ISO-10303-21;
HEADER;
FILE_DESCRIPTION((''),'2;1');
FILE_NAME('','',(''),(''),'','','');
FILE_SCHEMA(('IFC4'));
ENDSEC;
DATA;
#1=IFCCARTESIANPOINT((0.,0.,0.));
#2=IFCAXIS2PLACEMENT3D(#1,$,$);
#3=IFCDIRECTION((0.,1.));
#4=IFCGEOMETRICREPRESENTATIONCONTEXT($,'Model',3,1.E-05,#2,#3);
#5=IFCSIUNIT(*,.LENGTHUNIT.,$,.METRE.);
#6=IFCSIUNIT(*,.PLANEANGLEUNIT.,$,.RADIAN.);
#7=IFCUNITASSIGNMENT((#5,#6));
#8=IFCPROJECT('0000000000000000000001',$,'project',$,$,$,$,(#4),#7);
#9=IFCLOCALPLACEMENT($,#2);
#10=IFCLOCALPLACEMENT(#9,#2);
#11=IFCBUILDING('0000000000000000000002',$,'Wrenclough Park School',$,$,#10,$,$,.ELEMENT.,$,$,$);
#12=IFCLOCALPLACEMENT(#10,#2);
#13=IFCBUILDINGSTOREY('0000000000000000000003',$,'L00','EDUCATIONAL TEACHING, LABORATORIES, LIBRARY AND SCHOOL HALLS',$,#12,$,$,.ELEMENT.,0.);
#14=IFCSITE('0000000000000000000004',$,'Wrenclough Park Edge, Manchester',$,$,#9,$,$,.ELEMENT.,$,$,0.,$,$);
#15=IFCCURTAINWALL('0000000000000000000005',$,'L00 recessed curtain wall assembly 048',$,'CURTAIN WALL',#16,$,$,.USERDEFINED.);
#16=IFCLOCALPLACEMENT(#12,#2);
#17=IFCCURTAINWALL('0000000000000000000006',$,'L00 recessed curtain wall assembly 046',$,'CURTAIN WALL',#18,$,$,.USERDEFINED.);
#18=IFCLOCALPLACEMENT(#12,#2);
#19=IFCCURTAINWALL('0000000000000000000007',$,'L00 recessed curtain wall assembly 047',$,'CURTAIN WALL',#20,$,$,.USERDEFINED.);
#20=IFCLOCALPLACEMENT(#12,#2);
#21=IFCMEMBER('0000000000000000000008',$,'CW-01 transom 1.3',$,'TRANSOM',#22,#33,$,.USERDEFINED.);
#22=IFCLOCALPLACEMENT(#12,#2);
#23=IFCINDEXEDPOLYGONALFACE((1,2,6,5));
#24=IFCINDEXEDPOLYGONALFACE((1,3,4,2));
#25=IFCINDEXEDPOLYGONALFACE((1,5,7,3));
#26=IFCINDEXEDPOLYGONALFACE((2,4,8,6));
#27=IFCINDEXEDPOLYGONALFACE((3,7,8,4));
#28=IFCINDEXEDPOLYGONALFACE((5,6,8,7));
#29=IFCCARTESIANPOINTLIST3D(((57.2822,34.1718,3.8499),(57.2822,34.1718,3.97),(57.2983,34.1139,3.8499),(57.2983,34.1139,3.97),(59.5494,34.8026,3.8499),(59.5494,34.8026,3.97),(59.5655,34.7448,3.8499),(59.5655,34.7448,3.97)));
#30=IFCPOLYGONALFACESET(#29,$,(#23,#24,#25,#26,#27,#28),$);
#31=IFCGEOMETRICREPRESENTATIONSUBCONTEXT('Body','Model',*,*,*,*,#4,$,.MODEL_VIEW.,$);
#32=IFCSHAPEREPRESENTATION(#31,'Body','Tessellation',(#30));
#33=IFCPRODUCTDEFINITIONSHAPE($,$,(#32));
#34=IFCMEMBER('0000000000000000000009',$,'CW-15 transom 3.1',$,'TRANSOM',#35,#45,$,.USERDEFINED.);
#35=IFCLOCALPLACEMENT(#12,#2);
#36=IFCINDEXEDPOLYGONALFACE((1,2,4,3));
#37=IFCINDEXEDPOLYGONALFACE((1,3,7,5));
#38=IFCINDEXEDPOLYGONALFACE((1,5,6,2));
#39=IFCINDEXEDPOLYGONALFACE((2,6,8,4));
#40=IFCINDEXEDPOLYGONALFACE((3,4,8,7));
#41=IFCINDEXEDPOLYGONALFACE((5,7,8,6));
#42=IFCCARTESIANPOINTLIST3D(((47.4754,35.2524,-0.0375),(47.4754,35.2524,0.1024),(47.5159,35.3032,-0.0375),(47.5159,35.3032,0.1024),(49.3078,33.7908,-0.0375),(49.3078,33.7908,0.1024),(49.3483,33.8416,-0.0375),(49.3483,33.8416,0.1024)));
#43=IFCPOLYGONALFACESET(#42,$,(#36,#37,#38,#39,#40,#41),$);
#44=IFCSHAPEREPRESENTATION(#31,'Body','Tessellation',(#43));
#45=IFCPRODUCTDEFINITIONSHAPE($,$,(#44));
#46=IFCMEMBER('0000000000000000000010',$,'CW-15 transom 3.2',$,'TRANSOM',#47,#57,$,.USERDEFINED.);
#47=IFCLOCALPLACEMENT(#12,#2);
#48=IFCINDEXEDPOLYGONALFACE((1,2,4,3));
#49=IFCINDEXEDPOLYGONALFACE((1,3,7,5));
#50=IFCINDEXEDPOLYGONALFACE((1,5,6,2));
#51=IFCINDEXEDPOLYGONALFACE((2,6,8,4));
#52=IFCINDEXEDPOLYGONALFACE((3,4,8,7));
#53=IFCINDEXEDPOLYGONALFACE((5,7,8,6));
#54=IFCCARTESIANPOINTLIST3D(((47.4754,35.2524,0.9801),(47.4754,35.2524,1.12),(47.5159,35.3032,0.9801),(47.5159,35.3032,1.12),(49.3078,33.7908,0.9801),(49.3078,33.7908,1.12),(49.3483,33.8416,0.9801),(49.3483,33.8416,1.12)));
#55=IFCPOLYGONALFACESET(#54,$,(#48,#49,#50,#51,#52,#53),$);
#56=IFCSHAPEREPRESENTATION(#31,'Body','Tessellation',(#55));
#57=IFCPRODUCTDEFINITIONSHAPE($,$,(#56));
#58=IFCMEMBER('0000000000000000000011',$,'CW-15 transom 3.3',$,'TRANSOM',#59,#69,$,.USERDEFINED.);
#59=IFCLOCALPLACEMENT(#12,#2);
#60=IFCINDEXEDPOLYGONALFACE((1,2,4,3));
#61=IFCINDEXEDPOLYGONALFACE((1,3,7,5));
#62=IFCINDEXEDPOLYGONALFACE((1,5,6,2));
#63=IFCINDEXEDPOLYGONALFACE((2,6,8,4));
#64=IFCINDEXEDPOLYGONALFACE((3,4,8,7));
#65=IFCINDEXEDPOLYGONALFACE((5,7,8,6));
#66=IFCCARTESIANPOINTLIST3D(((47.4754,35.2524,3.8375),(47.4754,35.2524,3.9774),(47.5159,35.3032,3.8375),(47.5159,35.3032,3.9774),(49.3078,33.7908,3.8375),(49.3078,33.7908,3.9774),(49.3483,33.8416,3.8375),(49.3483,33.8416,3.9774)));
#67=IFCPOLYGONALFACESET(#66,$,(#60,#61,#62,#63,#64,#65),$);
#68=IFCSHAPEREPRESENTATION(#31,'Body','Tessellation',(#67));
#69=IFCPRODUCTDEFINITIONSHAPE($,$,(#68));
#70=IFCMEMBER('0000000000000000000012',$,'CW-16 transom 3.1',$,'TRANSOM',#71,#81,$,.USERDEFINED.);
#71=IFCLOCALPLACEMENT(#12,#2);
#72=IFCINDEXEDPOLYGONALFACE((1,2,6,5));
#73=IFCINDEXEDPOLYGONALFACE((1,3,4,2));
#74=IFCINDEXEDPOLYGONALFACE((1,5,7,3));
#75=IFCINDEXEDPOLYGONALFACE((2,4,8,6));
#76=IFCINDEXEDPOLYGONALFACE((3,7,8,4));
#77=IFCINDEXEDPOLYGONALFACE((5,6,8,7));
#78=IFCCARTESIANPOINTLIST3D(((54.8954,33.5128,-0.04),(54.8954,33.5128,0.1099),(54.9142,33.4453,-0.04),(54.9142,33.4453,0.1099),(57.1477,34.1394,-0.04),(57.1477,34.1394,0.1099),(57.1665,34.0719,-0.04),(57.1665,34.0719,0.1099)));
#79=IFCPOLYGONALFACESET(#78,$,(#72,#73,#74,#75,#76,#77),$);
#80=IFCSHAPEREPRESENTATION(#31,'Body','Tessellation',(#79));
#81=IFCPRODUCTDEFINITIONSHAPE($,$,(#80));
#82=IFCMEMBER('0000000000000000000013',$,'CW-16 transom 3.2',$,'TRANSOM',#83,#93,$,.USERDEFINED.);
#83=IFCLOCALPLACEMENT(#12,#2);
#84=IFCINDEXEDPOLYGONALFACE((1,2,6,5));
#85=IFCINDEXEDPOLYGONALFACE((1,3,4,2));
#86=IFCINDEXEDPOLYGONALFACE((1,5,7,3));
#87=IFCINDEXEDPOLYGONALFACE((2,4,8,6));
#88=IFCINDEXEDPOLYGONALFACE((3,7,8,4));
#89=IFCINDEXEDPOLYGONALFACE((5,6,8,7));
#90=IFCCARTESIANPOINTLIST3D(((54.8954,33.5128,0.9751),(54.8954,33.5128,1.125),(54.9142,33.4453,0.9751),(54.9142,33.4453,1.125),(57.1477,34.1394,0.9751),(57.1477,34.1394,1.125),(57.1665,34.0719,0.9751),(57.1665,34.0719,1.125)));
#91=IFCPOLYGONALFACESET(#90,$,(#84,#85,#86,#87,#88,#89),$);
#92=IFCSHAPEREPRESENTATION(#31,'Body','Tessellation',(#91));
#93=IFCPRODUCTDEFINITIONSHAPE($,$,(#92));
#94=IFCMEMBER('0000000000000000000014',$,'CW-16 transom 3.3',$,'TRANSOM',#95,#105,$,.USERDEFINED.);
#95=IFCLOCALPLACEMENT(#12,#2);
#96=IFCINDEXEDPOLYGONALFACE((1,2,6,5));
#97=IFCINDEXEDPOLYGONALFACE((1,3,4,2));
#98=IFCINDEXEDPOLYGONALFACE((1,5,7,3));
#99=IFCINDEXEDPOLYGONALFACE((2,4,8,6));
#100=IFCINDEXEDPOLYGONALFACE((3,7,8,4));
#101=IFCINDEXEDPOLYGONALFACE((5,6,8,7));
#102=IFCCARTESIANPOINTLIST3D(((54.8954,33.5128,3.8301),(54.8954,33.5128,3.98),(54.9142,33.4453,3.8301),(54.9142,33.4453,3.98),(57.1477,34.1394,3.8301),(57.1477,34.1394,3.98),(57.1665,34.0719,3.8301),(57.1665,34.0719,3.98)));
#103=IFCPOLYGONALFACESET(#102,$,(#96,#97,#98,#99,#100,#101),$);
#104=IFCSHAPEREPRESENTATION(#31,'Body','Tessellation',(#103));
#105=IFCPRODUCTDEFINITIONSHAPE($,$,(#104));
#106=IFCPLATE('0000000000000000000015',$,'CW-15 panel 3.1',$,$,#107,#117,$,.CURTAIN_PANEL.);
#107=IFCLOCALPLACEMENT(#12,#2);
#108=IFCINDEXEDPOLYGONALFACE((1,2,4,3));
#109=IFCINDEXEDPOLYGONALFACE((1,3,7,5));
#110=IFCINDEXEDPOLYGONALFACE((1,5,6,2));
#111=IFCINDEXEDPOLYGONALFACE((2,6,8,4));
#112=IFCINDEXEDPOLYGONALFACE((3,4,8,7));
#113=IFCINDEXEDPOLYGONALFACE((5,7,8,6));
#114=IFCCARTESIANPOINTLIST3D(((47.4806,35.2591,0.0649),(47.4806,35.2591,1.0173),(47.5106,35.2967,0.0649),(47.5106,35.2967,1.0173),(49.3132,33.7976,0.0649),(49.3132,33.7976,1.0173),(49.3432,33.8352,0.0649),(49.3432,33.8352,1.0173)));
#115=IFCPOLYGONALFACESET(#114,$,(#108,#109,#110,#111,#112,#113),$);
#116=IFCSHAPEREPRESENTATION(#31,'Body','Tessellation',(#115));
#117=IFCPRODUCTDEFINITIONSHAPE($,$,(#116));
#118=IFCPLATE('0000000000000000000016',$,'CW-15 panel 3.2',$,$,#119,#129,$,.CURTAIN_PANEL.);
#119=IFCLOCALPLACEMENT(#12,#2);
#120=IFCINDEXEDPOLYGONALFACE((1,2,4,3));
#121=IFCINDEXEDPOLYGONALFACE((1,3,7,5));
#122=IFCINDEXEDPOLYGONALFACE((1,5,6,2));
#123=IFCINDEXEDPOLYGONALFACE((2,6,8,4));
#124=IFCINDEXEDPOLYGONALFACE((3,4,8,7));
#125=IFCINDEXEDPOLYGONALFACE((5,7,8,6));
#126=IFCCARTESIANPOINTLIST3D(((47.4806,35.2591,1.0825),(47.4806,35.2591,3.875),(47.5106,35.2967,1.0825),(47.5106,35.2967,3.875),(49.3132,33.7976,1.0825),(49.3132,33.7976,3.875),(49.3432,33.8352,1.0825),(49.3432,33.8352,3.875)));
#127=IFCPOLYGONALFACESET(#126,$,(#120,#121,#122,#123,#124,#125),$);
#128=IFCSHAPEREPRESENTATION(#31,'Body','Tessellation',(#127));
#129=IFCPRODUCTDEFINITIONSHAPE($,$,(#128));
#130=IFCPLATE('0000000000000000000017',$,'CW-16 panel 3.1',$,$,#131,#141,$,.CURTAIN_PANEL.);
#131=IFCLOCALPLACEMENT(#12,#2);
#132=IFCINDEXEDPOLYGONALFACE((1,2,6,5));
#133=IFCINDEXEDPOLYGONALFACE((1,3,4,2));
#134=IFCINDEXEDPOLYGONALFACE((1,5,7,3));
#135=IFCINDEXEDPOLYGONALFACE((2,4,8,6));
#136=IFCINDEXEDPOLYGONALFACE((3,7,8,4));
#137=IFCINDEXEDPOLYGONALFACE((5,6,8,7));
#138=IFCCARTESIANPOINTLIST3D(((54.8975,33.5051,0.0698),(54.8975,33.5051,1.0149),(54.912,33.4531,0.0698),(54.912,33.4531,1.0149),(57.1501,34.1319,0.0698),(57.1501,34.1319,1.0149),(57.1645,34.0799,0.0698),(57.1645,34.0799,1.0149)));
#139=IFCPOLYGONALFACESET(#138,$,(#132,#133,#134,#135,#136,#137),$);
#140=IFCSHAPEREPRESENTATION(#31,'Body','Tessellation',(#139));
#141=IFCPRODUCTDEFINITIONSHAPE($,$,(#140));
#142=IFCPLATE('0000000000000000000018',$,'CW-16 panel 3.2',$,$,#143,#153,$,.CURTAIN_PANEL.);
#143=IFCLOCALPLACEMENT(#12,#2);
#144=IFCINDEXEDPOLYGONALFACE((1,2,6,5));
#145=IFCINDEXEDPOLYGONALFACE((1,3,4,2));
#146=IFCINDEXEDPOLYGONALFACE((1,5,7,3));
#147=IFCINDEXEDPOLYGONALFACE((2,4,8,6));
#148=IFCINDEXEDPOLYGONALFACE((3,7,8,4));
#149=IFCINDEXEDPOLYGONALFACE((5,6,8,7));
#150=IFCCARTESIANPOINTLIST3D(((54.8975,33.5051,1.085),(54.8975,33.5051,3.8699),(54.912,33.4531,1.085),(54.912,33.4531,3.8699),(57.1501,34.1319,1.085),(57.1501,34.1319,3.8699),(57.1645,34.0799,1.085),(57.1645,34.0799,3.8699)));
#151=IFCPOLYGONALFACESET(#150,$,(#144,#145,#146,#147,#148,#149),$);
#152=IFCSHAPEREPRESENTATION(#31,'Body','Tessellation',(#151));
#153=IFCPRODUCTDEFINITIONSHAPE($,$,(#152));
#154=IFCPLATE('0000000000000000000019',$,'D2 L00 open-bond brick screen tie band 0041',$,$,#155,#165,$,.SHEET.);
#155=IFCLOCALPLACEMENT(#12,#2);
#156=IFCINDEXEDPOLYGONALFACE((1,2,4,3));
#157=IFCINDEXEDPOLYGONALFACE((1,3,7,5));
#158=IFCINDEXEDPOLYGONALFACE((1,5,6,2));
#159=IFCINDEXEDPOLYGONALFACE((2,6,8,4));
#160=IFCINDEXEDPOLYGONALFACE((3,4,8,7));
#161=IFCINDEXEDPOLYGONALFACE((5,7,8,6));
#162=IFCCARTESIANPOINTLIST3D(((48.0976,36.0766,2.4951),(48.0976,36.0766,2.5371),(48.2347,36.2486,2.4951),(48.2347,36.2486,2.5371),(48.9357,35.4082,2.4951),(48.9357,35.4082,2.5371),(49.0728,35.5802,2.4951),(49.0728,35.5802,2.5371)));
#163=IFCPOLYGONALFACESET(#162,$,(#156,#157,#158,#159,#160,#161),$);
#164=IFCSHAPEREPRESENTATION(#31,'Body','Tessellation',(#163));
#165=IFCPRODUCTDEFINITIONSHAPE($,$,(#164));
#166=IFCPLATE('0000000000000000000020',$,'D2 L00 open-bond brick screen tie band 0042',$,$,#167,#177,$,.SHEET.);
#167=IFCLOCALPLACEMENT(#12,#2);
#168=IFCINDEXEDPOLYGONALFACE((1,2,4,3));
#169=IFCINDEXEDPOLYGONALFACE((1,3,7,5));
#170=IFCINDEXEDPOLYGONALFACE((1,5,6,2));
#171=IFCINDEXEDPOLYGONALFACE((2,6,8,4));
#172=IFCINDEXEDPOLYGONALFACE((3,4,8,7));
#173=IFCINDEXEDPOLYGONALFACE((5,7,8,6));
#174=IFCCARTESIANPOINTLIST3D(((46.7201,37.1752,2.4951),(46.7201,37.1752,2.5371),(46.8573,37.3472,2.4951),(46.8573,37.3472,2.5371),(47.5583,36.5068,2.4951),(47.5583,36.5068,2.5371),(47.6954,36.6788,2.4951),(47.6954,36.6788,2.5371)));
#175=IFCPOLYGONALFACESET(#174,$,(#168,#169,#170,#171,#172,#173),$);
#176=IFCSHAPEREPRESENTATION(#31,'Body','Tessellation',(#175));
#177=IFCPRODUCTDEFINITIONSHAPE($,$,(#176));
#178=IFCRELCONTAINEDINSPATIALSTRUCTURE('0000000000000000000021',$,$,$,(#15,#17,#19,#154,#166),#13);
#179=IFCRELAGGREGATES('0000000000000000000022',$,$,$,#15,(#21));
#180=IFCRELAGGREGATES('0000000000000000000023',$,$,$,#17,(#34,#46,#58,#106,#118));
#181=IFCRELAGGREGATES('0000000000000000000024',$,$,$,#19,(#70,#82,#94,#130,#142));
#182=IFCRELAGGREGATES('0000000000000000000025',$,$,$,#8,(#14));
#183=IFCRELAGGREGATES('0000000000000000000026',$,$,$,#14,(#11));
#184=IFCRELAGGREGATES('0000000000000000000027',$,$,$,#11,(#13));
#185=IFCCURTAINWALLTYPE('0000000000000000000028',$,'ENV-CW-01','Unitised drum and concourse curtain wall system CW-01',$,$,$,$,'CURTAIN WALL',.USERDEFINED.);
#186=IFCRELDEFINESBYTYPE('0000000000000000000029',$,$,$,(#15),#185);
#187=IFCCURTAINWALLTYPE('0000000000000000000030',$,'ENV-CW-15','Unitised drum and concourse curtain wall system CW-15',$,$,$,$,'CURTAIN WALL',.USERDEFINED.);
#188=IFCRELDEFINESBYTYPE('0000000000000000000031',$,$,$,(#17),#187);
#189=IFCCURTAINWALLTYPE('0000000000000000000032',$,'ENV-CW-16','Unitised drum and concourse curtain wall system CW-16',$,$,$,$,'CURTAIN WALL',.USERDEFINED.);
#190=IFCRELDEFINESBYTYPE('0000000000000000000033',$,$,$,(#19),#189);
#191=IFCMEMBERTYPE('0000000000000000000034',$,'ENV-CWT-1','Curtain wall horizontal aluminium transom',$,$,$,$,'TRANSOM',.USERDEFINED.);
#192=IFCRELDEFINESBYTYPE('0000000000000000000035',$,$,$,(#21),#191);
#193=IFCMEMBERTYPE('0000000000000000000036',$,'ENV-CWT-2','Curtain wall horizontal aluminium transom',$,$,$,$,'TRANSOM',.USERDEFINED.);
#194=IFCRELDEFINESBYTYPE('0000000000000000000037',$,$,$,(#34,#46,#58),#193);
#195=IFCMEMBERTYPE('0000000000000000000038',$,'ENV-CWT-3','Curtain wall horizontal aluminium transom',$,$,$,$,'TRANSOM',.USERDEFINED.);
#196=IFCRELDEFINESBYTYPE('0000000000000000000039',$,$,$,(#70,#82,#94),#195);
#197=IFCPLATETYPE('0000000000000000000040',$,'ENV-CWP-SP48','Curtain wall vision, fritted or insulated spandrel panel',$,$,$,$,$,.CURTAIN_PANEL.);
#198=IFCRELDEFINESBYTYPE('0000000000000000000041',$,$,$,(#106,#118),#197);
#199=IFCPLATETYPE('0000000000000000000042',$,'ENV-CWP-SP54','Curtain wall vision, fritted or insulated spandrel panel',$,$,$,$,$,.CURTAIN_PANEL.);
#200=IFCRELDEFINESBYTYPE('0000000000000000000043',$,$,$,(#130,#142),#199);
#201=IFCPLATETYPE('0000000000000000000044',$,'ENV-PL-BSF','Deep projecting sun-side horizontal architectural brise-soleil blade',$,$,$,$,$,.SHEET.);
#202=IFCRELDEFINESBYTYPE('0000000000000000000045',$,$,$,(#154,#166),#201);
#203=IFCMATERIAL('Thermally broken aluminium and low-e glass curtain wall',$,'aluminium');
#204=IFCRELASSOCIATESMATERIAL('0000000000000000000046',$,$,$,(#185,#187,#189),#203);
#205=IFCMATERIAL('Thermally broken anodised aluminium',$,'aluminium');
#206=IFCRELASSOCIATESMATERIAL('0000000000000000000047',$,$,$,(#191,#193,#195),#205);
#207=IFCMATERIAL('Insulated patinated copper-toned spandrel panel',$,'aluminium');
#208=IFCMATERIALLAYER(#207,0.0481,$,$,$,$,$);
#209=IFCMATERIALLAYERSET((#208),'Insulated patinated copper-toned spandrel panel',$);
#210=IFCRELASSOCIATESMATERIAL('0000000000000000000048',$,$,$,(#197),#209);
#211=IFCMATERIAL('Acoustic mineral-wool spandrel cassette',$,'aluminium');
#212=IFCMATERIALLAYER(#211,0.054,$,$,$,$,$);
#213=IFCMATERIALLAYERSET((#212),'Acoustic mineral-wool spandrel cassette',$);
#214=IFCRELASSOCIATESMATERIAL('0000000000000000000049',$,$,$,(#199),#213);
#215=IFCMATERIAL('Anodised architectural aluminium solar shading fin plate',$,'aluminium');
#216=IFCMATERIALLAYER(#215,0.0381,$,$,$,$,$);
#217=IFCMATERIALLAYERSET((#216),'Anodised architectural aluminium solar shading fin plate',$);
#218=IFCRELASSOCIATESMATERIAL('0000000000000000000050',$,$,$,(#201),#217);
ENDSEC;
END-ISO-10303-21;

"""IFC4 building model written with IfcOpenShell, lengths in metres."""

from ifc_helpers import new_model, si_unit, direction, frame, origin, origin_2d, place, context, subcontext, project, spatial, rectangle, extrude, material, layer, layer_set, material_profile, profile_set, type_object, element, aggregate, save


model = new_model("IFC4")

# Units and contexts
model_context = context("Model", 3, precision=1e-05, world=origin(), true_north=direction((0.0, 1.0)))
body_context = subcontext(model_context, "Body", "Model", "MODEL_VIEW")
ifc_project = project(units=[si_unit("LENGTHUNIT", "METRE"), si_unit("PLANEANGLEUNIT", "RADIAN")], contexts=[model_context])

# Site, building, storey
site_placement = place(None, origin())
site = spatial("IfcSite", under=ifc_project, at=site_placement, Name="Wrenclough Park Edge, Manchester", CompositionType="ELEMENT", RefElevation=0.0)
building_placement = place(site_placement, origin())
building = spatial("IfcBuilding", under=site, at=building_placement, Name="Wrenclough Park School", CompositionType="ELEMENT")
storey_placement = place(building_placement, origin())
storey = spatial("IfcBuildingStorey", under=building, at=storey_placement, Name="L00", Description="EDUCATIONAL TEACHING, LABORATORIES, LIBRARY AND SCHOOL HALLS", CompositionType="ELEMENT", Elevation=0.0)

# Curtain wall
ifc_material_1 = material(Name="Thermally broken aluminium and low-e glass curtain wall", Category="aluminium")
curtain_wall_type_1 = type_object("IfcCurtainWallType", Name="ENV-CW-01", Description="Unitised drum and concourse curtain wall system CW-01", ElementType="CURTAIN WALL", PredefinedType="USERDEFINED", material=ifc_material_1)
curtain_wall_1_placement = place(storey_placement, origin())
curtain_wall_1 = element("IfcCurtainWall", 1, at=curtain_wall_1_placement, inside=storey, type_object=curtain_wall_type_1, Name="L00 recessed curtain wall assembly 048", ObjectType="CURTAIN WALL", PredefinedType="USERDEFINED")
ifc_material_2 = material(Name="Thermally broken anodised aluminium", Category="aluminium")

# Curtain walls
curtain_wall_type_2 = type_object("IfcCurtainWallType", Name="ENV-CW-15", Description="Unitised drum and concourse curtain wall system CW-15", ElementType="CURTAIN WALL", PredefinedType="USERDEFINED", material=ifc_material_1)
curtain_wall_2_placement = place(storey_placement, origin())
curtain_wall_2 = element("IfcCurtainWall", 2, at=curtain_wall_2_placement, inside=storey, type_object=curtain_wall_type_2, Name="L00 recessed curtain wall assembly 046", ObjectType="CURTAIN WALL", PredefinedType="USERDEFINED")
curtain_wall_type_3 = type_object("IfcCurtainWallType", Name="ENV-CW-16", Description="Unitised drum and concourse curtain wall system CW-16", ElementType="CURTAIN WALL", PredefinedType="USERDEFINED", material=ifc_material_1)
curtain_wall_3_placement = place(storey_placement, origin())
curtain_wall_3 = element("IfcCurtainWall", 3, at=curtain_wall_3_placement, inside=storey, type_object=curtain_wall_type_3, Name="L00 recessed curtain wall assembly 047", ObjectType="CURTAIN WALL", PredefinedType="USERDEFINED")

# Members
ifc_material_profile_1 = material_profile(ifc_material_2, rectangle(XDim=0.0601, YDim=0.1201, at=origin_2d()), Name="AL TRANSOM 60x120")
ifc_profile_set_1 = profile_set([ifc_material_profile_1], Name="Thermally broken anodised aluminium")
member_type_1 = type_object("IfcMemberType", Name="ENV-CWT-1", Description="Curtain wall horizontal aluminium transom", ElementType="TRANSOM", PredefinedType="USERDEFINED", material=ifc_profile_set_1)
member_1_placement = place(storey_placement, frame((57.2903, 34.1428, 3.9099), z_axis=(0.963396, 0.268083, 0.0), x_axis=(-0.268083, 0.963396, 0.0)))
member_1 = element("IfcMember", 4, at=member_1_placement, type_object=member_type_1, Name="CW-01 transom 1.3", ObjectType="TRANSOM", PredefinedType="USERDEFINED", context=body_context, shape_type="SweptSolid", body=[
    extrude(rectangle(XDim=0.0601, YDim=0.1201, at=origin_2d()), origin(), (0.0, 0.0, 1.0), 2.3533),
])
aggregate(curtain_wall_1, [member_1])
ifc_material_profile_2 = material_profile(ifc_material_2, rectangle(XDim=0.0649, YDim=0.1399, at=origin_2d()), Name="AL TRANSOM 65x140")
ifc_profile_set_2 = profile_set([ifc_material_profile_2], Name="Thermally broken anodised aluminium")
member_type_2 = type_object("IfcMemberType", Name="ENV-CWT-2", Description="Curtain wall horizontal aluminium transom", ElementType="TRANSOM", PredefinedType="USERDEFINED", material=ifc_profile_set_2)
member_2_placement = place(storey_placement, frame((47.4956, 35.2778, 0.0325), z_axis=(0.781772, -0.623564, 0.0), x_axis=(0.623564, 0.781772, 0.0)))
member_2 = element("IfcMember", 5, at=member_2_placement, type_object=member_type_2, Name="CW-15 transom 3.1", ObjectType="TRANSOM", PredefinedType="USERDEFINED", context=body_context, shape_type="SweptSolid", body=[
    extrude(rectangle(XDim=0.0649, YDim=0.1399, at=origin_2d()), origin(), (0.0, 0.0, 1.0), 2.344),
])
member_3_placement = place(storey_placement, frame((47.4956, 35.2778, 1.05), z_axis=(0.781772, -0.623564, 0.0), x_axis=(0.623564, 0.781772, 0.0)))
member_3 = element("IfcMember", 6, at=member_3_placement, type_object=member_type_2, Name="CW-15 transom 3.2", ObjectType="TRANSOM", PredefinedType="USERDEFINED", context=body_context, shape_type="SweptSolid", body=[
    extrude(rectangle(XDim=0.0649, YDim=0.1399, at=origin_2d()), origin(), (0.0, 0.0, 1.0), 2.344),
])
member_4_placement = place(storey_placement, frame((47.4956, 35.2778, 3.9075), z_axis=(0.781772, -0.623564, 0.0), x_axis=(0.623564, 0.781772, 0.0)))
member_4 = element("IfcMember", 7, at=member_4_placement, type_object=member_type_2, Name="CW-15 transom 3.3", ObjectType="TRANSOM", PredefinedType="USERDEFINED", context=body_context, shape_type="SweptSolid", body=[
    extrude(rectangle(XDim=0.0649, YDim=0.1399, at=origin_2d()), origin(), (0.0, 0.0, 1.0), 2.344),
])
ifc_material_profile_3 = material_profile(ifc_material_2, rectangle(XDim=0.0701, YDim=0.1499, at=origin_2d()), Name="AL TRANSOM 70x150")
ifc_profile_set_3 = profile_set([ifc_material_profile_3], Name="Thermally broken anodised aluminium")
member_type_3 = type_object("IfcMemberType", Name="ENV-CWT-3", Description="Curtain wall horizontal aluminium transom", ElementType="TRANSOM", PredefinedType="USERDEFINED", material=ifc_profile_set_3)
member_5_placement = place(storey_placement, frame((54.9048, 33.479, 0.0349), z_axis=(0.963404, 0.268053, 0.0), x_axis=(-0.268053, 0.963404, 0.0)))
member_5 = element("IfcMember", 8, at=member_5_placement, type_object=member_type_3, Name="CW-16 transom 3.1", ObjectType="TRANSOM", PredefinedType="USERDEFINED", context=body_context, shape_type="SweptSolid", body=[
    extrude(rectangle(XDim=0.0701, YDim=0.1499, at=origin_2d()), origin(), (0.0, 0.0, 1.0), 2.3379),
])
member_6_placement = place(storey_placement, frame((54.9048, 33.479, 1.05), z_axis=(0.963404, 0.268053, 0.0), x_axis=(-0.268053, 0.963404, 0.0)))
member_6 = element("IfcMember", 9, at=member_6_placement, type_object=member_type_3, Name="CW-16 transom 3.2", ObjectType="TRANSOM", PredefinedType="USERDEFINED", context=body_context, shape_type="SweptSolid", body=[
    extrude(rectangle(XDim=0.0701, YDim=0.1499, at=origin_2d()), origin(), (0.0, 0.0, 1.0), 2.3379),
])
member_7_placement = place(storey_placement, frame((54.9048, 33.479, 3.905), z_axis=(0.963404, 0.268053, 0.0), x_axis=(-0.268053, 0.963404, 0.0)))
member_7 = element("IfcMember", 10, at=member_7_placement, type_object=member_type_3, Name="CW-16 transom 3.3", ObjectType="TRANSOM", PredefinedType="USERDEFINED", context=body_context, shape_type="SweptSolid", body=[
    extrude(rectangle(XDim=0.0701, YDim=0.1499, at=origin_2d()), origin(), (0.0, 0.0, 1.0), 2.3379),
])

# Plates
ifc_material_3 = material(Name="Insulated patinated copper-toned spandrel panel", Category="aluminium")
ifc_layer_1 = layer(ifc_material_3, 0.0481)
ifc_layer_set_1 = layer_set([ifc_layer_1], Name="Insulated patinated copper-toned spandrel panel")
plate_type_1 = type_object("IfcPlateType", Name="ENV-CWP-SP48", Description="Curtain wall vision, fritted or insulated spandrel panel", PredefinedType="CURTAIN_PANEL", material=ifc_layer_set_1)
plate_1_placement = place(storey_placement, frame((48.4119, 34.5471, 0.0649), z_axis=(0.0, 0.0, 1.0), x_axis=(0.781824, -0.623499, 0.0)))
plate_1 = element("IfcPlate", 11, at=plate_1_placement, type_object=plate_type_1, Name="CW-15 panel 3.1", PredefinedType="CURTAIN_PANEL", context=body_context, shape_type="SweptSolid", body=[
    extrude(rectangle(XDim=2.344, YDim=0.0481, at=origin_2d()), origin(), (0.0, 0.0, 1.0), 0.9524),
])
plate_2_placement = place(storey_placement, frame((48.4119, 34.5471, 1.0825), z_axis=(0.0, 0.0, 1.0), x_axis=(0.781824, -0.623499, 0.0)))
plate_2 = element("IfcPlate", 12, at=plate_2_placement, type_object=plate_type_1, Name="CW-15 panel 3.2", PredefinedType="CURTAIN_PANEL", context=body_context, shape_type="SweptSolid", body=[
    extrude(rectangle(XDim=2.344, YDim=0.0481, at=origin_2d()), origin(), (0.0, 0.0, 1.0), 2.7925),
])
aggregate(curtain_wall_2, [member_2, member_3, member_4, plate_1, plate_2])
ifc_material_4 = material(Name="Acoustic mineral-wool spandrel cassette", Category="aluminium")
ifc_layer_2 = layer(ifc_material_4, 0.054)
ifc_layer_set_2 = layer_set([ifc_layer_2], Name="Acoustic mineral-wool spandrel cassette")
plate_type_2 = type_object("IfcPlateType", Name="ENV-CWP-SP54", Description="Curtain wall vision, fritted or insulated spandrel panel", PredefinedType="CURTAIN_PANEL", material=ifc_layer_set_2)
plate_3_placement = place(storey_placement, frame((56.031, 33.7925, 0.0698), z_axis=(0.0, 0.0, 1.0), x_axis=(0.963399, 0.268072, 0.0)))
plate_3 = element("IfcPlate", 13, at=plate_3_placement, type_object=plate_type_2, Name="CW-16 panel 3.1", PredefinedType="CURTAIN_PANEL", context=body_context, shape_type="SweptSolid", body=[
    extrude(rectangle(XDim=2.3381, YDim=0.054, at=origin_2d()), origin(), (0.0, 0.0, 1.0), 0.9451),
])
plate_4_placement = place(storey_placement, frame((56.031, 33.7925, 1.085), z_axis=(0.0, 0.0, 1.0), x_axis=(0.963399, 0.268072, 0.0)))
plate_4 = element("IfcPlate", 14, at=plate_4_placement, type_object=plate_type_2, Name="CW-16 panel 3.2", PredefinedType="CURTAIN_PANEL", context=body_context, shape_type="SweptSolid", body=[
    extrude(rectangle(XDim=2.3381, YDim=0.054, at=origin_2d()), origin(), (0.0, 0.0, 1.0), 2.7849),
])
aggregate(curtain_wall_3, [member_5, member_6, member_7, plate_3, plate_4])

# Plates
ifc_material_5 = material(Name="Anodised architectural aluminium solar shading fin plate", Category="aluminium")
ifc_layer_3 = layer(ifc_material_5, 0.0381)
ifc_layer_set_3 = layer_set([ifc_layer_3], Name="Anodised architectural aluminium solar shading fin plate")
plate_type_3 = type_object("IfcPlateType", Name="ENV-PL-BSF", Description="Deep projecting sun-side horizontal architectural brise-soleil blade", PredefinedType="SHEET", material=ifc_layer_set_3)
for number, where, z_axis, x_axis, name in (
    (15, (48.5852, 35.8284, 2.4951), (0.0, 0.0, 1.0), (-0.781826, 0.623497, 0.0), "D2 L00 open-bond brick screen tie band 0041"),
    (16, (47.2078, 36.927, 2.4951), (0.0, 0.0, 1.0), (-0.781826, 0.623497, 0.0), "D2 L00 open-bond brick screen tie band 0042"),
):
    element("IfcPlate", number, at=place(storey_placement, frame(where, z_axis=z_axis, x_axis=x_axis)), inside=storey, type_object=plate_type_3, Name=name, PredefinedType="SHEET", context=body_context, shape_type="SweptSolid", body=[
        extrude(rectangle(XDim=1.072, YDim=0.22, at=origin_2d()), origin(), (0.0, 0.0, 1.0), 0.042),
    ])

save(model, "model.ifc")
